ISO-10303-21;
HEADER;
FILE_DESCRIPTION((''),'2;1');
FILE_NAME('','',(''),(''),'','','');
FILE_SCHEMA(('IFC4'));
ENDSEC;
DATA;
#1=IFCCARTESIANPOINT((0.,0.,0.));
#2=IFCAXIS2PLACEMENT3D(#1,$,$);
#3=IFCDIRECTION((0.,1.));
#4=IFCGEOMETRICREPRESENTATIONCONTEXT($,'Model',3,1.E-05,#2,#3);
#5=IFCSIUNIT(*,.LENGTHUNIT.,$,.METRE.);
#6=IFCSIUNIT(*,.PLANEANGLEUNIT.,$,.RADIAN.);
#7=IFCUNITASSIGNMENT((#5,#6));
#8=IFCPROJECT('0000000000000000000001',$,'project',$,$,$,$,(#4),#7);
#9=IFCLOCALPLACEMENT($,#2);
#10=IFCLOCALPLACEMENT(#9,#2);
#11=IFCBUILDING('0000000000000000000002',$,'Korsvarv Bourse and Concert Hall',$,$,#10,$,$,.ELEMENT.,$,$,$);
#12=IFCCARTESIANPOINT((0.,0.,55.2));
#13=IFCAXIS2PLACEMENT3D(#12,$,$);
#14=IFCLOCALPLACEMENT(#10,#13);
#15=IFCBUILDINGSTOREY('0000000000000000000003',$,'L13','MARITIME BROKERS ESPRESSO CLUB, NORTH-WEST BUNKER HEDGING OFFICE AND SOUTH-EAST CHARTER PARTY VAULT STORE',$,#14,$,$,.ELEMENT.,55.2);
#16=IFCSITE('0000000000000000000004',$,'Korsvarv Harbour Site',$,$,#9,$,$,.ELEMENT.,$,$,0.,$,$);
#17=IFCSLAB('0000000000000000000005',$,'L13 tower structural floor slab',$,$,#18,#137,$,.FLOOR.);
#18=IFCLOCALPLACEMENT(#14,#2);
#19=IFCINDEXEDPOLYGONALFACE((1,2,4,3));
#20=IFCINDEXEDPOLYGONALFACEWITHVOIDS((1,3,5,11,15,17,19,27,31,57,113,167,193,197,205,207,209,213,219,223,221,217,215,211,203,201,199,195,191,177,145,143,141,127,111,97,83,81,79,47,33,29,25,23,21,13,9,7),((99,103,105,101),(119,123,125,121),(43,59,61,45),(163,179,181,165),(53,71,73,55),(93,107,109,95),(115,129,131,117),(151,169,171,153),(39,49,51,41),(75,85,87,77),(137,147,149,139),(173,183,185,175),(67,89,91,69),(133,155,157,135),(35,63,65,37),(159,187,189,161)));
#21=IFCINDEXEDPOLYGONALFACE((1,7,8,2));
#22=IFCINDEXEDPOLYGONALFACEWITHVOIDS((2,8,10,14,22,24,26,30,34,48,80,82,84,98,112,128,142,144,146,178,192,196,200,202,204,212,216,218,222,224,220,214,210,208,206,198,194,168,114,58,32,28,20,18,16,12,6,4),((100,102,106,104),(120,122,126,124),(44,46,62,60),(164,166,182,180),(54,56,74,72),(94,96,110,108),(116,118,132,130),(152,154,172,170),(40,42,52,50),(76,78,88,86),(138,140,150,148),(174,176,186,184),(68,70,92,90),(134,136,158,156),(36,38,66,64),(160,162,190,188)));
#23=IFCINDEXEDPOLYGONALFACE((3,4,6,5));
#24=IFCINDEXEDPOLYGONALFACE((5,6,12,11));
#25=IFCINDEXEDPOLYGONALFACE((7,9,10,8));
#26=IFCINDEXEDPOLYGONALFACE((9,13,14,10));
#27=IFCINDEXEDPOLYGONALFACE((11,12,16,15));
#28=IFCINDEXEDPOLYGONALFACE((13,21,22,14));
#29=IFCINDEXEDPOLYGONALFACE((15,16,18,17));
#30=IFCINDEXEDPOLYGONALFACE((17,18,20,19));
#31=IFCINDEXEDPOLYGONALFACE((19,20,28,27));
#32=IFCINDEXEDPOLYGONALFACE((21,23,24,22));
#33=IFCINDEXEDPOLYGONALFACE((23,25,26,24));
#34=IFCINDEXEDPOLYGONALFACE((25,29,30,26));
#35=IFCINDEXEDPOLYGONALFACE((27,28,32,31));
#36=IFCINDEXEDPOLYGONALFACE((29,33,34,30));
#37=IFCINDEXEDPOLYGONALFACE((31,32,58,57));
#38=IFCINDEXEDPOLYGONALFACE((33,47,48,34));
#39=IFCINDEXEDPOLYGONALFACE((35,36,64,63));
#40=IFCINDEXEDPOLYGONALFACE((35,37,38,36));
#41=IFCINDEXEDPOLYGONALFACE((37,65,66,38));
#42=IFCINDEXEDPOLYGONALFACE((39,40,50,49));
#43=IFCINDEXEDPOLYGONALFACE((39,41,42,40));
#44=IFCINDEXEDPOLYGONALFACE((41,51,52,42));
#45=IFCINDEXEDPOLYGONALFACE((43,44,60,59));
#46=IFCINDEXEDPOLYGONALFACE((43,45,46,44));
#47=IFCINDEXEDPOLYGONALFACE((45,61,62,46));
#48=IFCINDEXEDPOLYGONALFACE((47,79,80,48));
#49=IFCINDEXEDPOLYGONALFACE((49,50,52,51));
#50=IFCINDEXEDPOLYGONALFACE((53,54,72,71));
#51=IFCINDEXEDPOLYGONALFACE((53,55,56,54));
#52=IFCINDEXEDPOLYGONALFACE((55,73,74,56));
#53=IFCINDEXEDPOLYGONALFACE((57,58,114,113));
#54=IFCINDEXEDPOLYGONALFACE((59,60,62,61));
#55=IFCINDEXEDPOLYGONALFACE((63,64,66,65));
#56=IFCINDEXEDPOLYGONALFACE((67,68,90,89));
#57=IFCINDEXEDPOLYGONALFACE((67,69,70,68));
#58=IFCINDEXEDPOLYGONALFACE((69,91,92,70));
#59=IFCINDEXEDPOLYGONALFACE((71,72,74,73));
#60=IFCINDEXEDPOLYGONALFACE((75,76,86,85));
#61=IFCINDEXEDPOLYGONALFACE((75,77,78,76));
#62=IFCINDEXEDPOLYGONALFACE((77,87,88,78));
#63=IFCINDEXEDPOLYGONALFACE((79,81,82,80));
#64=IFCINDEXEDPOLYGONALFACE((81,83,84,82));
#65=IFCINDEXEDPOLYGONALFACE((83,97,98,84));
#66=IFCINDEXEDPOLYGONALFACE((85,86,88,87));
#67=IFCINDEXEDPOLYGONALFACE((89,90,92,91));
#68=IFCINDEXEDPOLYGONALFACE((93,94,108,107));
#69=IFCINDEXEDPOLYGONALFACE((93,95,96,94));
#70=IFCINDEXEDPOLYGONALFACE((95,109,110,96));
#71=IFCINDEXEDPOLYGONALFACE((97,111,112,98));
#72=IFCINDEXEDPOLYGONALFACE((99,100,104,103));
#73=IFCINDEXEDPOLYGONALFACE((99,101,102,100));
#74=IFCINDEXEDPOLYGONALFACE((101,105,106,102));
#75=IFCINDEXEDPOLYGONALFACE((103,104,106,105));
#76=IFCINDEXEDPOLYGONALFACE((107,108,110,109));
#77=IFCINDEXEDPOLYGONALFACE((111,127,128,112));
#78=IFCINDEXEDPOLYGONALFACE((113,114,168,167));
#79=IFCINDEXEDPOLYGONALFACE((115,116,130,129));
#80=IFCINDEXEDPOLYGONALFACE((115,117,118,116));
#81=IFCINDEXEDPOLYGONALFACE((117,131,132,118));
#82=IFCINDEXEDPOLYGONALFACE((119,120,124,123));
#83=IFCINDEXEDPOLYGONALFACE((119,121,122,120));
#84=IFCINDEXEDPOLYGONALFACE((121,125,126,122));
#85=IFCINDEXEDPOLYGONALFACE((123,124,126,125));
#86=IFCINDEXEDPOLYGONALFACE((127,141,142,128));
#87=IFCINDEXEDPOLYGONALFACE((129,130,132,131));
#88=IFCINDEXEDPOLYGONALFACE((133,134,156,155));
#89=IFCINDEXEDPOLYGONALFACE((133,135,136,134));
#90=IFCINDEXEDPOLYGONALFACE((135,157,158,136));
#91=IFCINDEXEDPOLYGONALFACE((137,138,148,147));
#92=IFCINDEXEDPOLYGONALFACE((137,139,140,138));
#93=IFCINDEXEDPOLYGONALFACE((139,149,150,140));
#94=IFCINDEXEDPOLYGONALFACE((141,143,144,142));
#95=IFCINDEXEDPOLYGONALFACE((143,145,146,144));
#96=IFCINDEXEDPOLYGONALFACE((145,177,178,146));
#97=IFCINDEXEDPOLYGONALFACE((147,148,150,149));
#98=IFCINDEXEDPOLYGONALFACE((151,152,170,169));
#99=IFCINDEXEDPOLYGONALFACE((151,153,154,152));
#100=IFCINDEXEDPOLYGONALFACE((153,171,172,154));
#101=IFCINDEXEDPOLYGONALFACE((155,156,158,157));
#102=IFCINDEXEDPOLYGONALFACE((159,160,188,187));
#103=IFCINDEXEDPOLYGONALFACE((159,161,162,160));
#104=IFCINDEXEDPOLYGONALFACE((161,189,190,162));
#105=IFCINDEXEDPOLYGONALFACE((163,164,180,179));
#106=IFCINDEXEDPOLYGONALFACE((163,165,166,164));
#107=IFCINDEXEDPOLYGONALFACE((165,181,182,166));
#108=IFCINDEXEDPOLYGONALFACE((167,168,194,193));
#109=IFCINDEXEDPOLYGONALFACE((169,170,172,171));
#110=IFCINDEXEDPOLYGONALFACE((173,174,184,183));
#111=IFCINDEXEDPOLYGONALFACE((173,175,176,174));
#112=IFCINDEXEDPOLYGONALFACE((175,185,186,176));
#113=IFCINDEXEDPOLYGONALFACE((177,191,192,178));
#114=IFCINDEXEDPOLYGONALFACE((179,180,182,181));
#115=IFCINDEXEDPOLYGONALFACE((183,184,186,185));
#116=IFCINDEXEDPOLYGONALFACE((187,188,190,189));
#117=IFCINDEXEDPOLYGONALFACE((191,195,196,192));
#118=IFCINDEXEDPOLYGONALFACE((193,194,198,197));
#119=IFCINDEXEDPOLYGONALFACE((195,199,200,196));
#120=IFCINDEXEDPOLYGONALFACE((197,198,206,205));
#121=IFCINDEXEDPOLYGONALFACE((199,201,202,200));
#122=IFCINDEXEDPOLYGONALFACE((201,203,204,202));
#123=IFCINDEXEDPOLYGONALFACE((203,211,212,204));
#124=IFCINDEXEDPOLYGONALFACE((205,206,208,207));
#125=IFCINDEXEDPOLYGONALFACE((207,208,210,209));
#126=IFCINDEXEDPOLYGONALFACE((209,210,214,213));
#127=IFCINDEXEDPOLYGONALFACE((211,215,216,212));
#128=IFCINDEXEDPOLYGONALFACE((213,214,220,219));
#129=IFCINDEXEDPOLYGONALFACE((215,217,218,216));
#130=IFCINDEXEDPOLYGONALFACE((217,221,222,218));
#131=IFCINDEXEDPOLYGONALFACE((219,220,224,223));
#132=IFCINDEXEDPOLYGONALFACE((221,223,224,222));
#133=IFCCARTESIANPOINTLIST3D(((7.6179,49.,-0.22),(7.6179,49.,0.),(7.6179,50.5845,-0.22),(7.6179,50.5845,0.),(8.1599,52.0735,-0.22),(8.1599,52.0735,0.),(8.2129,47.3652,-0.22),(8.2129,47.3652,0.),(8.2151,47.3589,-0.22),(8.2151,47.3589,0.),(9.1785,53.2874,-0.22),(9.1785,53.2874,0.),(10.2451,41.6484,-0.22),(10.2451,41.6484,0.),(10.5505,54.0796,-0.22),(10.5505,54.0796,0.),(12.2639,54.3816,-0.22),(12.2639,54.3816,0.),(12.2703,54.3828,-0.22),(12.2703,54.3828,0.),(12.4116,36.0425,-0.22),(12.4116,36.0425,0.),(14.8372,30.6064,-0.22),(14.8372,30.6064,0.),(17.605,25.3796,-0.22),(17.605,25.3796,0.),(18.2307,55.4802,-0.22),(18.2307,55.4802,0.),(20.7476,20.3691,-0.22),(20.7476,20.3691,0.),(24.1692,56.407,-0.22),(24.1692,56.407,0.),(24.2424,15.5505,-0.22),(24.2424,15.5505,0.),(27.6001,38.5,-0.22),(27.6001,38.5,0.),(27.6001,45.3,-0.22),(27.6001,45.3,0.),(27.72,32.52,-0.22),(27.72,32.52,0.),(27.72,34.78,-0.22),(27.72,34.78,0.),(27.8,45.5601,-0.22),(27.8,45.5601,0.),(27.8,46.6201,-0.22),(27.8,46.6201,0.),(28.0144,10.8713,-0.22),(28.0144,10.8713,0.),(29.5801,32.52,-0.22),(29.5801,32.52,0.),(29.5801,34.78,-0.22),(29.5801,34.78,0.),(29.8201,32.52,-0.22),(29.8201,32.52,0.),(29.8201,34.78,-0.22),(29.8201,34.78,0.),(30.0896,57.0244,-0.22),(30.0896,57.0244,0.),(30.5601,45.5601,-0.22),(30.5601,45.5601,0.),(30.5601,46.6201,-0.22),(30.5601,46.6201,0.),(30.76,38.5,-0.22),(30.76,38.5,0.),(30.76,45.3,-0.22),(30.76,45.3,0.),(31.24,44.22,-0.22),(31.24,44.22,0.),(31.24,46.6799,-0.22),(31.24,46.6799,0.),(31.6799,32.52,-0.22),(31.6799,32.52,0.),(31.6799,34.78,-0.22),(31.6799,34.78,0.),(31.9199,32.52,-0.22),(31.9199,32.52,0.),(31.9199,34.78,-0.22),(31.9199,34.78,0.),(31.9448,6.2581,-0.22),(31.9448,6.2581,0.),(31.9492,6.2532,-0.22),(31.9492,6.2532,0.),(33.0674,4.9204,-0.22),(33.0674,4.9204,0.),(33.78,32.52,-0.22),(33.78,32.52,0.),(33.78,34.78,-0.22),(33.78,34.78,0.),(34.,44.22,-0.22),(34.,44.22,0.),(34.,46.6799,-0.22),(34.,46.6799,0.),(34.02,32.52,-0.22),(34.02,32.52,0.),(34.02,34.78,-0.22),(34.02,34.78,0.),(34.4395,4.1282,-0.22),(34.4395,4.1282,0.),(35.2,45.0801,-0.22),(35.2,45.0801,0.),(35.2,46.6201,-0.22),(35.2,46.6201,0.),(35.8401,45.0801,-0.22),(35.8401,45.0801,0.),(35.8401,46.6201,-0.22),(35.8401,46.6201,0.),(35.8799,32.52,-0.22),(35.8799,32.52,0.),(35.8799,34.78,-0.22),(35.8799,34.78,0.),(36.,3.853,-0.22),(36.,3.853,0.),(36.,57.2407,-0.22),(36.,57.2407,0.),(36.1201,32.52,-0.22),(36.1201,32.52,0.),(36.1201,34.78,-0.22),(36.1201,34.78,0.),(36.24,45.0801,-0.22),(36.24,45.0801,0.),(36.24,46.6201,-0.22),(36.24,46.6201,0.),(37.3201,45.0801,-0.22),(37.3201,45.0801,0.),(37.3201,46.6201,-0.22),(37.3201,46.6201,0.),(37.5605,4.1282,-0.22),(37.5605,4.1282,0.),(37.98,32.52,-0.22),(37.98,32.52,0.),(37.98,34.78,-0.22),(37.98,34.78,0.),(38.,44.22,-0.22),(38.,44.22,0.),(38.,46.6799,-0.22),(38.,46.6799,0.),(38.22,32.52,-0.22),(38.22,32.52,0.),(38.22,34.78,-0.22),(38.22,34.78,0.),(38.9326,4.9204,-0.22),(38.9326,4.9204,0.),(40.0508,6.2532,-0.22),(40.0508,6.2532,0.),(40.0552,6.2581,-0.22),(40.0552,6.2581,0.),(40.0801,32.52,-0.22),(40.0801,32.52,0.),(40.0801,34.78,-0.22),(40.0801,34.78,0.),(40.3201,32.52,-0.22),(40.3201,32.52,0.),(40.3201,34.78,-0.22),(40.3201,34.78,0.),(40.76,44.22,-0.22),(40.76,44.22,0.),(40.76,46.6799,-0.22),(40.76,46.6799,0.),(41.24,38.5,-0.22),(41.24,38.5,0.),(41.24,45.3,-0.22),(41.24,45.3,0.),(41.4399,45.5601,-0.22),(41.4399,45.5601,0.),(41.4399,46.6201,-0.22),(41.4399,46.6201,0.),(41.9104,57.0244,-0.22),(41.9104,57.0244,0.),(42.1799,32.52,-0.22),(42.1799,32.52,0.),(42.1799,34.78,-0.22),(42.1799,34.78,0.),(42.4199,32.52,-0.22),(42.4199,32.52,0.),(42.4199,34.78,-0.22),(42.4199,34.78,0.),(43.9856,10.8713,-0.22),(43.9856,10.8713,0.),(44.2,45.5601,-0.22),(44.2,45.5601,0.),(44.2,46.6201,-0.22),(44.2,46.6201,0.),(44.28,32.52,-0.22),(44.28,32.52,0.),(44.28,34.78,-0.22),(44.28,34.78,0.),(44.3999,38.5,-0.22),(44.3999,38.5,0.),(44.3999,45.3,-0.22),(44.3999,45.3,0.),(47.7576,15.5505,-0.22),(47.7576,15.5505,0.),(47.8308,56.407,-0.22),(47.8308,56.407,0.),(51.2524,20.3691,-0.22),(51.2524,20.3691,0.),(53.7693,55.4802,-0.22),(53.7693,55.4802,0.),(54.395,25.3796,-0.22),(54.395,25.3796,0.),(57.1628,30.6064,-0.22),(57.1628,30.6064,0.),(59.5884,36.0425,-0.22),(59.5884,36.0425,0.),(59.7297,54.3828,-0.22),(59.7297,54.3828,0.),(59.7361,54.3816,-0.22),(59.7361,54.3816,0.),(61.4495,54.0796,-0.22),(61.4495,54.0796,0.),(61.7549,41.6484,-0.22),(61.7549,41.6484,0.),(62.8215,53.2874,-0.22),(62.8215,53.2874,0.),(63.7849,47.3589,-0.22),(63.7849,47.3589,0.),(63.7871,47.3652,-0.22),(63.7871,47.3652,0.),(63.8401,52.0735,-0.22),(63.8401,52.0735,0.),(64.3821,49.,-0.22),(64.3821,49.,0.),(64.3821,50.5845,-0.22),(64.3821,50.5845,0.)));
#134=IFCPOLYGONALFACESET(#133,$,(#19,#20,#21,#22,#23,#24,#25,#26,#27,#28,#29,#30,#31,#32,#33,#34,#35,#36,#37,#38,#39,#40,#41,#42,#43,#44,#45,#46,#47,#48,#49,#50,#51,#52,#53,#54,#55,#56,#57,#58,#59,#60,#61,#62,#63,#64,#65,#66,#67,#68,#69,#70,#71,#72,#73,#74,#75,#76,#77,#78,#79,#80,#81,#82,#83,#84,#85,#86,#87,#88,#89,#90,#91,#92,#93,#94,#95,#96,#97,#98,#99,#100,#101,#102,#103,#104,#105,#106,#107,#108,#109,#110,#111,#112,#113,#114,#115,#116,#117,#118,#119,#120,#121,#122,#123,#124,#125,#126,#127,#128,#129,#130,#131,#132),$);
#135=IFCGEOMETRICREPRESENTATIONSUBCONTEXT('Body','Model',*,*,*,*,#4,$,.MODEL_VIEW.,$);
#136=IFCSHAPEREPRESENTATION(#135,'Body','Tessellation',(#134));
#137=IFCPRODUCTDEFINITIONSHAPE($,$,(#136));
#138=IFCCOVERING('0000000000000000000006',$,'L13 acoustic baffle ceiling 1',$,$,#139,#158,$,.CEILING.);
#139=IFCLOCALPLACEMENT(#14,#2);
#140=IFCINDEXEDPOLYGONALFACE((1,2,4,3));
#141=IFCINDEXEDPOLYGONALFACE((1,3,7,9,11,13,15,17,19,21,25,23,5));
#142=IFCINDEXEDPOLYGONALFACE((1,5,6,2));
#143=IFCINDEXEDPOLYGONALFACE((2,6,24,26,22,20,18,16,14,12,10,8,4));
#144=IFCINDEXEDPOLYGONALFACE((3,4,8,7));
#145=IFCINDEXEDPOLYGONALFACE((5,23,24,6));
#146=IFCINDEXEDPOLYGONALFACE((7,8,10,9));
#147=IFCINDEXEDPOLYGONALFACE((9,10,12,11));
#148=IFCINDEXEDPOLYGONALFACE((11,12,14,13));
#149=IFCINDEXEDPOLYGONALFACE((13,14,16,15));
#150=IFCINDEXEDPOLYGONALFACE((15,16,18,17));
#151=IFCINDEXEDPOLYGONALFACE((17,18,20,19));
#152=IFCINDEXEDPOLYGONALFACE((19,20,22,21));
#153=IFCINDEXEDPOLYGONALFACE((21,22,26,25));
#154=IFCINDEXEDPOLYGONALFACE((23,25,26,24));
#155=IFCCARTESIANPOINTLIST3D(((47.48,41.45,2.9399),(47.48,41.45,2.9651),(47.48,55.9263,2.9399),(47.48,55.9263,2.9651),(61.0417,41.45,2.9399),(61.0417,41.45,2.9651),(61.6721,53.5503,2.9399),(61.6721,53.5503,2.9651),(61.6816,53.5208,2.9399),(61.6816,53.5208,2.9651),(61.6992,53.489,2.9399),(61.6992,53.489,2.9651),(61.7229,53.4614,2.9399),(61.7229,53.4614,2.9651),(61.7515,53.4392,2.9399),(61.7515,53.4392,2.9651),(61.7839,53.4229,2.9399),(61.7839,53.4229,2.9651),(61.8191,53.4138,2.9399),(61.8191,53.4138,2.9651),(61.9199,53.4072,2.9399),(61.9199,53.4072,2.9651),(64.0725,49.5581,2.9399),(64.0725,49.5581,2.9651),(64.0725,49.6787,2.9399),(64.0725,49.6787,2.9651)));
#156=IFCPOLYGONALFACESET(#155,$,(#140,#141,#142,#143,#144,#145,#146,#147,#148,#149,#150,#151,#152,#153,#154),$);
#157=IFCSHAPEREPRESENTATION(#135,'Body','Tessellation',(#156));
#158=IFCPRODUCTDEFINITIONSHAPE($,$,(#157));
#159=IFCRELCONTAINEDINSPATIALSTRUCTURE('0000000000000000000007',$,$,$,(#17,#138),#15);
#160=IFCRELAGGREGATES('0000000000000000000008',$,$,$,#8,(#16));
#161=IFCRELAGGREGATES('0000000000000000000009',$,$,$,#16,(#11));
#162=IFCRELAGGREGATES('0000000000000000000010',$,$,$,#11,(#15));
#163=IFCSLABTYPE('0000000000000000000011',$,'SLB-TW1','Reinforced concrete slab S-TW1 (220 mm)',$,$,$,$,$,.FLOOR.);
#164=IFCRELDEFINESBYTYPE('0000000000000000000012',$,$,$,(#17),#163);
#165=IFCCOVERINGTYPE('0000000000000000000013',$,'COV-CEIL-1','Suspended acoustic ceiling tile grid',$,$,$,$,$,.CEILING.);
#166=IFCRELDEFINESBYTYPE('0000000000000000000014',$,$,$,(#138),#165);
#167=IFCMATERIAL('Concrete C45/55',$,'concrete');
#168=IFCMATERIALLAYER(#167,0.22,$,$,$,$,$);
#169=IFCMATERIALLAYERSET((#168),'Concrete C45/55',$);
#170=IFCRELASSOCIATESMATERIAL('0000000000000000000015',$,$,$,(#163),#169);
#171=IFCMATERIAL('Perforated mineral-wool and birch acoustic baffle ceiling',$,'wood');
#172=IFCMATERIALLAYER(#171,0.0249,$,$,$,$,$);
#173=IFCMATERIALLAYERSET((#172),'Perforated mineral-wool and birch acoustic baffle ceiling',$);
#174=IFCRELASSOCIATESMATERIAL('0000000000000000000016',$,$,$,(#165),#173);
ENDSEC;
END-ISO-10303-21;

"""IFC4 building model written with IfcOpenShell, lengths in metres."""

from ifc_helpers import new_model, si_unit, direction, frame, origin, place, context, subcontext, project, spatial, polyline, outline, extrude, material, layer, layer_set, type_object, element, save


model = new_model("IFC4")

# Units and contexts
model_context = context("Model", 3, precision=1e-05, world=origin(), true_north=direction((0.0, 1.0)))
body_context = subcontext(model_context, "Body", "Model", "MODEL_VIEW")
ifc_project = project(units=[si_unit("LENGTHUNIT", "METRE"), si_unit("PLANEANGLEUNIT", "RADIAN")], contexts=[model_context])

# Site, building, storey
site_placement = place(None, origin())
site = spatial("IfcSite", under=ifc_project, at=site_placement, Name="Korsvarv Harbour Site", CompositionType="ELEMENT", RefElevation=0.0)
building_placement = place(site_placement, origin())
building = spatial("IfcBuilding", under=site, at=building_placement, Name="Korsvarv Bourse and Concert Hall", CompositionType="ELEMENT")
storey_placement = place(building_placement, frame((0.0, 0.0, 55.2)))
storey = spatial("IfcBuildingStorey", under=building, at=storey_placement, Name="L13", Description="MARITIME BROKERS ESPRESSO CLUB, NORTH-WEST BUNKER HEDGING OFFICE AND SOUTH-EAST CHARTER PARTY VAULT STORE", CompositionType="ELEMENT", Elevation=55.2)

# Slab
ifc_material_1 = material(Name="Concrete C45/55", Category="concrete")
ifc_layer_1 = layer(ifc_material_1, 0.22)
ifc_layer_set_1 = layer_set([ifc_layer_1], Name="Concrete C45/55")
slab_type_1 = type_object("IfcSlabType", Name="SLB-TW1", Description="Reinforced concrete slab S-TW1 (220 mm)", PredefinedType="FLOOR", material=ifc_layer_set_1)
slab_1_placement = place(storey_placement, frame((0.0, 0.0, -0.22)))
element("IfcSlab", 1, at=slab_1_placement, inside=storey, type_object=slab_type_1, Name="L13 tower structural floor slab", PredefinedType="FLOOR", context=body_context, shape_type="SweptSolid", body=[
    extrude(outline(polyline([(63.7849, 47.3589), (61.7549, 41.6484), (59.5884, 36.0425), (57.1628, 30.6064), (54.395, 25.3796), (51.2524, 20.3691), (47.7576, 15.5505), (43.9856, 10.8713), (40.0552, 6.2581), (40.0508, 6.2532), (38.9326, 4.9204), (37.5605, 4.1282), (36.0, 3.853), (34.4395, 4.1282), (33.0674, 4.9204), (31.9492, 6.2532), (31.9448, 6.2581), (28.0144, 10.8713), (24.2424, 15.5505), (20.7476, 20.3691), (17.605, 25.3796), (14.8372, 30.6064), (12.4116, 36.0425), (10.2451, 41.6484), (8.2151, 47.3589), (8.2129, 47.3652), (7.6179, 49.0), (7.6179, 50.5845), (8.1599, 52.0735), (9.1785, 53.2874), (10.5505, 54.0796), (12.2639, 54.3816), (12.2703, 54.3828), (18.2307, 55.4802), (24.1692, 56.407), (30.0896, 57.0244), (36.0, 57.2407), (41.9104, 57.0244), (47.8308, 56.407), (53.7693, 55.4802), (59.7297, 54.3828), (59.7361, 54.3816), (61.4495, 54.0796), (62.8215, 53.2874), (63.8401, 52.0735), (64.3821, 50.5845), (64.3821, 49.0), (63.7871, 47.3652), (63.7849, 47.3589)]), holes=[polyline([(30.76, 38.5), (30.76, 45.3), (27.6001, 45.3), (27.6001, 38.5), (30.76, 38.5)]), polyline([(44.3999, 38.5), (44.3999, 45.3), (41.24, 45.3), (41.24, 38.5), (44.3999, 38.5)]), polyline([(31.24, 44.22), (34.0, 44.22), (34.0, 46.6799), (31.24, 46.6799), (31.24, 44.22)]), polyline([(38.0, 44.22), (40.76, 44.22), (40.76, 46.6799), (38.0, 46.6799), (38.0, 44.22)]), polyline([(27.72, 32.52), (29.5801, 32.52), (29.5801, 34.78), (27.72, 34.78), (27.72, 32.52)]), polyline([(29.8201, 32.52), (31.6799, 32.52), (31.6799, 34.78), (29.8201, 34.78), (29.8201, 32.52)]), polyline([(31.9199, 32.52), (33.78, 32.52), (33.78, 34.78), (31.9199, 34.78), (31.9199, 32.52)]), polyline([(34.02, 32.52), (35.8799, 32.52), (35.8799, 34.78), (34.02, 34.78), (34.02, 32.52)]), polyline([(36.1201, 32.52), (37.98, 32.52), (37.98, 34.78), (36.1201, 34.78), (36.1201, 32.52)]), polyline([(38.22, 32.52), (40.0801, 32.52), (40.0801, 34.78), (38.22, 34.78), (38.22, 32.52)]), polyline([(40.3201, 32.52), (42.1799, 32.52), (42.1799, 34.78), (40.3201, 34.78), (40.3201, 32.52)]), polyline([(42.4199, 32.52), (44.28, 32.52), (44.28, 34.78), (42.4199, 34.78), (42.4199, 32.52)]), polyline([(27.8, 45.5601), (30.5601, 45.5601), (30.5601, 46.6201), (27.8, 46.6201), (27.8, 45.5601)]), polyline([(41.4399, 45.5601), (44.2, 45.5601), (44.2, 46.6201), (41.4399, 46.6201), (41.4399, 45.5601)]), polyline([(35.2, 45.0801), (35.8401, 45.0801), (35.8401, 46.6201), (35.2, 46.6201), (35.2, 45.0801)]), polyline([(36.24, 45.0801), (37.3201, 45.0801), (37.3201, 46.6201), (36.24, 46.6201), (36.24, 45.0801)])]), origin(), (0.0, 0.0, 1.0), 0.22),
])

# Covering
ifc_material_2 = material(Name="Perforated mineral-wool and birch acoustic baffle ceiling", Category="wood")
ifc_layer_2 = layer(ifc_material_2, 0.0249)
ifc_layer_set_2 = layer_set([ifc_layer_2], Name="Perforated mineral-wool and birch acoustic baffle ceiling")
covering_type_1 = type_object("IfcCoveringType", Name="COV-CEIL-1", Description="Suspended acoustic ceiling tile grid", PredefinedType="CEILING", material=ifc_layer_set_2)
covering_1_placement = place(storey_placement, frame((0.0, 0.0, 2.9399)))
element("IfcCovering", 2, at=covering_1_placement, inside=storey, type_object=covering_type_1, Name="L13 acoustic baffle ceiling 1", PredefinedType="CEILING", context=body_context, shape_type="SweptSolid", body=[
    extrude(outline(polyline([(47.48, 55.9263), (61.6721, 53.5503), (61.6816, 53.5208), (61.6992, 53.489), (61.7229, 53.4614), (61.7515, 53.4392), (61.7839, 53.4229), (61.8191, 53.4138), (61.9199, 53.4072), (64.0725, 49.6787), (64.0725, 49.5581), (61.0417, 41.45), (47.48, 41.45), (47.48, 55.9263)])), origin(), (0.0, 0.0, 1.0), 0.0251),
])

save(model, "model.ifc")
